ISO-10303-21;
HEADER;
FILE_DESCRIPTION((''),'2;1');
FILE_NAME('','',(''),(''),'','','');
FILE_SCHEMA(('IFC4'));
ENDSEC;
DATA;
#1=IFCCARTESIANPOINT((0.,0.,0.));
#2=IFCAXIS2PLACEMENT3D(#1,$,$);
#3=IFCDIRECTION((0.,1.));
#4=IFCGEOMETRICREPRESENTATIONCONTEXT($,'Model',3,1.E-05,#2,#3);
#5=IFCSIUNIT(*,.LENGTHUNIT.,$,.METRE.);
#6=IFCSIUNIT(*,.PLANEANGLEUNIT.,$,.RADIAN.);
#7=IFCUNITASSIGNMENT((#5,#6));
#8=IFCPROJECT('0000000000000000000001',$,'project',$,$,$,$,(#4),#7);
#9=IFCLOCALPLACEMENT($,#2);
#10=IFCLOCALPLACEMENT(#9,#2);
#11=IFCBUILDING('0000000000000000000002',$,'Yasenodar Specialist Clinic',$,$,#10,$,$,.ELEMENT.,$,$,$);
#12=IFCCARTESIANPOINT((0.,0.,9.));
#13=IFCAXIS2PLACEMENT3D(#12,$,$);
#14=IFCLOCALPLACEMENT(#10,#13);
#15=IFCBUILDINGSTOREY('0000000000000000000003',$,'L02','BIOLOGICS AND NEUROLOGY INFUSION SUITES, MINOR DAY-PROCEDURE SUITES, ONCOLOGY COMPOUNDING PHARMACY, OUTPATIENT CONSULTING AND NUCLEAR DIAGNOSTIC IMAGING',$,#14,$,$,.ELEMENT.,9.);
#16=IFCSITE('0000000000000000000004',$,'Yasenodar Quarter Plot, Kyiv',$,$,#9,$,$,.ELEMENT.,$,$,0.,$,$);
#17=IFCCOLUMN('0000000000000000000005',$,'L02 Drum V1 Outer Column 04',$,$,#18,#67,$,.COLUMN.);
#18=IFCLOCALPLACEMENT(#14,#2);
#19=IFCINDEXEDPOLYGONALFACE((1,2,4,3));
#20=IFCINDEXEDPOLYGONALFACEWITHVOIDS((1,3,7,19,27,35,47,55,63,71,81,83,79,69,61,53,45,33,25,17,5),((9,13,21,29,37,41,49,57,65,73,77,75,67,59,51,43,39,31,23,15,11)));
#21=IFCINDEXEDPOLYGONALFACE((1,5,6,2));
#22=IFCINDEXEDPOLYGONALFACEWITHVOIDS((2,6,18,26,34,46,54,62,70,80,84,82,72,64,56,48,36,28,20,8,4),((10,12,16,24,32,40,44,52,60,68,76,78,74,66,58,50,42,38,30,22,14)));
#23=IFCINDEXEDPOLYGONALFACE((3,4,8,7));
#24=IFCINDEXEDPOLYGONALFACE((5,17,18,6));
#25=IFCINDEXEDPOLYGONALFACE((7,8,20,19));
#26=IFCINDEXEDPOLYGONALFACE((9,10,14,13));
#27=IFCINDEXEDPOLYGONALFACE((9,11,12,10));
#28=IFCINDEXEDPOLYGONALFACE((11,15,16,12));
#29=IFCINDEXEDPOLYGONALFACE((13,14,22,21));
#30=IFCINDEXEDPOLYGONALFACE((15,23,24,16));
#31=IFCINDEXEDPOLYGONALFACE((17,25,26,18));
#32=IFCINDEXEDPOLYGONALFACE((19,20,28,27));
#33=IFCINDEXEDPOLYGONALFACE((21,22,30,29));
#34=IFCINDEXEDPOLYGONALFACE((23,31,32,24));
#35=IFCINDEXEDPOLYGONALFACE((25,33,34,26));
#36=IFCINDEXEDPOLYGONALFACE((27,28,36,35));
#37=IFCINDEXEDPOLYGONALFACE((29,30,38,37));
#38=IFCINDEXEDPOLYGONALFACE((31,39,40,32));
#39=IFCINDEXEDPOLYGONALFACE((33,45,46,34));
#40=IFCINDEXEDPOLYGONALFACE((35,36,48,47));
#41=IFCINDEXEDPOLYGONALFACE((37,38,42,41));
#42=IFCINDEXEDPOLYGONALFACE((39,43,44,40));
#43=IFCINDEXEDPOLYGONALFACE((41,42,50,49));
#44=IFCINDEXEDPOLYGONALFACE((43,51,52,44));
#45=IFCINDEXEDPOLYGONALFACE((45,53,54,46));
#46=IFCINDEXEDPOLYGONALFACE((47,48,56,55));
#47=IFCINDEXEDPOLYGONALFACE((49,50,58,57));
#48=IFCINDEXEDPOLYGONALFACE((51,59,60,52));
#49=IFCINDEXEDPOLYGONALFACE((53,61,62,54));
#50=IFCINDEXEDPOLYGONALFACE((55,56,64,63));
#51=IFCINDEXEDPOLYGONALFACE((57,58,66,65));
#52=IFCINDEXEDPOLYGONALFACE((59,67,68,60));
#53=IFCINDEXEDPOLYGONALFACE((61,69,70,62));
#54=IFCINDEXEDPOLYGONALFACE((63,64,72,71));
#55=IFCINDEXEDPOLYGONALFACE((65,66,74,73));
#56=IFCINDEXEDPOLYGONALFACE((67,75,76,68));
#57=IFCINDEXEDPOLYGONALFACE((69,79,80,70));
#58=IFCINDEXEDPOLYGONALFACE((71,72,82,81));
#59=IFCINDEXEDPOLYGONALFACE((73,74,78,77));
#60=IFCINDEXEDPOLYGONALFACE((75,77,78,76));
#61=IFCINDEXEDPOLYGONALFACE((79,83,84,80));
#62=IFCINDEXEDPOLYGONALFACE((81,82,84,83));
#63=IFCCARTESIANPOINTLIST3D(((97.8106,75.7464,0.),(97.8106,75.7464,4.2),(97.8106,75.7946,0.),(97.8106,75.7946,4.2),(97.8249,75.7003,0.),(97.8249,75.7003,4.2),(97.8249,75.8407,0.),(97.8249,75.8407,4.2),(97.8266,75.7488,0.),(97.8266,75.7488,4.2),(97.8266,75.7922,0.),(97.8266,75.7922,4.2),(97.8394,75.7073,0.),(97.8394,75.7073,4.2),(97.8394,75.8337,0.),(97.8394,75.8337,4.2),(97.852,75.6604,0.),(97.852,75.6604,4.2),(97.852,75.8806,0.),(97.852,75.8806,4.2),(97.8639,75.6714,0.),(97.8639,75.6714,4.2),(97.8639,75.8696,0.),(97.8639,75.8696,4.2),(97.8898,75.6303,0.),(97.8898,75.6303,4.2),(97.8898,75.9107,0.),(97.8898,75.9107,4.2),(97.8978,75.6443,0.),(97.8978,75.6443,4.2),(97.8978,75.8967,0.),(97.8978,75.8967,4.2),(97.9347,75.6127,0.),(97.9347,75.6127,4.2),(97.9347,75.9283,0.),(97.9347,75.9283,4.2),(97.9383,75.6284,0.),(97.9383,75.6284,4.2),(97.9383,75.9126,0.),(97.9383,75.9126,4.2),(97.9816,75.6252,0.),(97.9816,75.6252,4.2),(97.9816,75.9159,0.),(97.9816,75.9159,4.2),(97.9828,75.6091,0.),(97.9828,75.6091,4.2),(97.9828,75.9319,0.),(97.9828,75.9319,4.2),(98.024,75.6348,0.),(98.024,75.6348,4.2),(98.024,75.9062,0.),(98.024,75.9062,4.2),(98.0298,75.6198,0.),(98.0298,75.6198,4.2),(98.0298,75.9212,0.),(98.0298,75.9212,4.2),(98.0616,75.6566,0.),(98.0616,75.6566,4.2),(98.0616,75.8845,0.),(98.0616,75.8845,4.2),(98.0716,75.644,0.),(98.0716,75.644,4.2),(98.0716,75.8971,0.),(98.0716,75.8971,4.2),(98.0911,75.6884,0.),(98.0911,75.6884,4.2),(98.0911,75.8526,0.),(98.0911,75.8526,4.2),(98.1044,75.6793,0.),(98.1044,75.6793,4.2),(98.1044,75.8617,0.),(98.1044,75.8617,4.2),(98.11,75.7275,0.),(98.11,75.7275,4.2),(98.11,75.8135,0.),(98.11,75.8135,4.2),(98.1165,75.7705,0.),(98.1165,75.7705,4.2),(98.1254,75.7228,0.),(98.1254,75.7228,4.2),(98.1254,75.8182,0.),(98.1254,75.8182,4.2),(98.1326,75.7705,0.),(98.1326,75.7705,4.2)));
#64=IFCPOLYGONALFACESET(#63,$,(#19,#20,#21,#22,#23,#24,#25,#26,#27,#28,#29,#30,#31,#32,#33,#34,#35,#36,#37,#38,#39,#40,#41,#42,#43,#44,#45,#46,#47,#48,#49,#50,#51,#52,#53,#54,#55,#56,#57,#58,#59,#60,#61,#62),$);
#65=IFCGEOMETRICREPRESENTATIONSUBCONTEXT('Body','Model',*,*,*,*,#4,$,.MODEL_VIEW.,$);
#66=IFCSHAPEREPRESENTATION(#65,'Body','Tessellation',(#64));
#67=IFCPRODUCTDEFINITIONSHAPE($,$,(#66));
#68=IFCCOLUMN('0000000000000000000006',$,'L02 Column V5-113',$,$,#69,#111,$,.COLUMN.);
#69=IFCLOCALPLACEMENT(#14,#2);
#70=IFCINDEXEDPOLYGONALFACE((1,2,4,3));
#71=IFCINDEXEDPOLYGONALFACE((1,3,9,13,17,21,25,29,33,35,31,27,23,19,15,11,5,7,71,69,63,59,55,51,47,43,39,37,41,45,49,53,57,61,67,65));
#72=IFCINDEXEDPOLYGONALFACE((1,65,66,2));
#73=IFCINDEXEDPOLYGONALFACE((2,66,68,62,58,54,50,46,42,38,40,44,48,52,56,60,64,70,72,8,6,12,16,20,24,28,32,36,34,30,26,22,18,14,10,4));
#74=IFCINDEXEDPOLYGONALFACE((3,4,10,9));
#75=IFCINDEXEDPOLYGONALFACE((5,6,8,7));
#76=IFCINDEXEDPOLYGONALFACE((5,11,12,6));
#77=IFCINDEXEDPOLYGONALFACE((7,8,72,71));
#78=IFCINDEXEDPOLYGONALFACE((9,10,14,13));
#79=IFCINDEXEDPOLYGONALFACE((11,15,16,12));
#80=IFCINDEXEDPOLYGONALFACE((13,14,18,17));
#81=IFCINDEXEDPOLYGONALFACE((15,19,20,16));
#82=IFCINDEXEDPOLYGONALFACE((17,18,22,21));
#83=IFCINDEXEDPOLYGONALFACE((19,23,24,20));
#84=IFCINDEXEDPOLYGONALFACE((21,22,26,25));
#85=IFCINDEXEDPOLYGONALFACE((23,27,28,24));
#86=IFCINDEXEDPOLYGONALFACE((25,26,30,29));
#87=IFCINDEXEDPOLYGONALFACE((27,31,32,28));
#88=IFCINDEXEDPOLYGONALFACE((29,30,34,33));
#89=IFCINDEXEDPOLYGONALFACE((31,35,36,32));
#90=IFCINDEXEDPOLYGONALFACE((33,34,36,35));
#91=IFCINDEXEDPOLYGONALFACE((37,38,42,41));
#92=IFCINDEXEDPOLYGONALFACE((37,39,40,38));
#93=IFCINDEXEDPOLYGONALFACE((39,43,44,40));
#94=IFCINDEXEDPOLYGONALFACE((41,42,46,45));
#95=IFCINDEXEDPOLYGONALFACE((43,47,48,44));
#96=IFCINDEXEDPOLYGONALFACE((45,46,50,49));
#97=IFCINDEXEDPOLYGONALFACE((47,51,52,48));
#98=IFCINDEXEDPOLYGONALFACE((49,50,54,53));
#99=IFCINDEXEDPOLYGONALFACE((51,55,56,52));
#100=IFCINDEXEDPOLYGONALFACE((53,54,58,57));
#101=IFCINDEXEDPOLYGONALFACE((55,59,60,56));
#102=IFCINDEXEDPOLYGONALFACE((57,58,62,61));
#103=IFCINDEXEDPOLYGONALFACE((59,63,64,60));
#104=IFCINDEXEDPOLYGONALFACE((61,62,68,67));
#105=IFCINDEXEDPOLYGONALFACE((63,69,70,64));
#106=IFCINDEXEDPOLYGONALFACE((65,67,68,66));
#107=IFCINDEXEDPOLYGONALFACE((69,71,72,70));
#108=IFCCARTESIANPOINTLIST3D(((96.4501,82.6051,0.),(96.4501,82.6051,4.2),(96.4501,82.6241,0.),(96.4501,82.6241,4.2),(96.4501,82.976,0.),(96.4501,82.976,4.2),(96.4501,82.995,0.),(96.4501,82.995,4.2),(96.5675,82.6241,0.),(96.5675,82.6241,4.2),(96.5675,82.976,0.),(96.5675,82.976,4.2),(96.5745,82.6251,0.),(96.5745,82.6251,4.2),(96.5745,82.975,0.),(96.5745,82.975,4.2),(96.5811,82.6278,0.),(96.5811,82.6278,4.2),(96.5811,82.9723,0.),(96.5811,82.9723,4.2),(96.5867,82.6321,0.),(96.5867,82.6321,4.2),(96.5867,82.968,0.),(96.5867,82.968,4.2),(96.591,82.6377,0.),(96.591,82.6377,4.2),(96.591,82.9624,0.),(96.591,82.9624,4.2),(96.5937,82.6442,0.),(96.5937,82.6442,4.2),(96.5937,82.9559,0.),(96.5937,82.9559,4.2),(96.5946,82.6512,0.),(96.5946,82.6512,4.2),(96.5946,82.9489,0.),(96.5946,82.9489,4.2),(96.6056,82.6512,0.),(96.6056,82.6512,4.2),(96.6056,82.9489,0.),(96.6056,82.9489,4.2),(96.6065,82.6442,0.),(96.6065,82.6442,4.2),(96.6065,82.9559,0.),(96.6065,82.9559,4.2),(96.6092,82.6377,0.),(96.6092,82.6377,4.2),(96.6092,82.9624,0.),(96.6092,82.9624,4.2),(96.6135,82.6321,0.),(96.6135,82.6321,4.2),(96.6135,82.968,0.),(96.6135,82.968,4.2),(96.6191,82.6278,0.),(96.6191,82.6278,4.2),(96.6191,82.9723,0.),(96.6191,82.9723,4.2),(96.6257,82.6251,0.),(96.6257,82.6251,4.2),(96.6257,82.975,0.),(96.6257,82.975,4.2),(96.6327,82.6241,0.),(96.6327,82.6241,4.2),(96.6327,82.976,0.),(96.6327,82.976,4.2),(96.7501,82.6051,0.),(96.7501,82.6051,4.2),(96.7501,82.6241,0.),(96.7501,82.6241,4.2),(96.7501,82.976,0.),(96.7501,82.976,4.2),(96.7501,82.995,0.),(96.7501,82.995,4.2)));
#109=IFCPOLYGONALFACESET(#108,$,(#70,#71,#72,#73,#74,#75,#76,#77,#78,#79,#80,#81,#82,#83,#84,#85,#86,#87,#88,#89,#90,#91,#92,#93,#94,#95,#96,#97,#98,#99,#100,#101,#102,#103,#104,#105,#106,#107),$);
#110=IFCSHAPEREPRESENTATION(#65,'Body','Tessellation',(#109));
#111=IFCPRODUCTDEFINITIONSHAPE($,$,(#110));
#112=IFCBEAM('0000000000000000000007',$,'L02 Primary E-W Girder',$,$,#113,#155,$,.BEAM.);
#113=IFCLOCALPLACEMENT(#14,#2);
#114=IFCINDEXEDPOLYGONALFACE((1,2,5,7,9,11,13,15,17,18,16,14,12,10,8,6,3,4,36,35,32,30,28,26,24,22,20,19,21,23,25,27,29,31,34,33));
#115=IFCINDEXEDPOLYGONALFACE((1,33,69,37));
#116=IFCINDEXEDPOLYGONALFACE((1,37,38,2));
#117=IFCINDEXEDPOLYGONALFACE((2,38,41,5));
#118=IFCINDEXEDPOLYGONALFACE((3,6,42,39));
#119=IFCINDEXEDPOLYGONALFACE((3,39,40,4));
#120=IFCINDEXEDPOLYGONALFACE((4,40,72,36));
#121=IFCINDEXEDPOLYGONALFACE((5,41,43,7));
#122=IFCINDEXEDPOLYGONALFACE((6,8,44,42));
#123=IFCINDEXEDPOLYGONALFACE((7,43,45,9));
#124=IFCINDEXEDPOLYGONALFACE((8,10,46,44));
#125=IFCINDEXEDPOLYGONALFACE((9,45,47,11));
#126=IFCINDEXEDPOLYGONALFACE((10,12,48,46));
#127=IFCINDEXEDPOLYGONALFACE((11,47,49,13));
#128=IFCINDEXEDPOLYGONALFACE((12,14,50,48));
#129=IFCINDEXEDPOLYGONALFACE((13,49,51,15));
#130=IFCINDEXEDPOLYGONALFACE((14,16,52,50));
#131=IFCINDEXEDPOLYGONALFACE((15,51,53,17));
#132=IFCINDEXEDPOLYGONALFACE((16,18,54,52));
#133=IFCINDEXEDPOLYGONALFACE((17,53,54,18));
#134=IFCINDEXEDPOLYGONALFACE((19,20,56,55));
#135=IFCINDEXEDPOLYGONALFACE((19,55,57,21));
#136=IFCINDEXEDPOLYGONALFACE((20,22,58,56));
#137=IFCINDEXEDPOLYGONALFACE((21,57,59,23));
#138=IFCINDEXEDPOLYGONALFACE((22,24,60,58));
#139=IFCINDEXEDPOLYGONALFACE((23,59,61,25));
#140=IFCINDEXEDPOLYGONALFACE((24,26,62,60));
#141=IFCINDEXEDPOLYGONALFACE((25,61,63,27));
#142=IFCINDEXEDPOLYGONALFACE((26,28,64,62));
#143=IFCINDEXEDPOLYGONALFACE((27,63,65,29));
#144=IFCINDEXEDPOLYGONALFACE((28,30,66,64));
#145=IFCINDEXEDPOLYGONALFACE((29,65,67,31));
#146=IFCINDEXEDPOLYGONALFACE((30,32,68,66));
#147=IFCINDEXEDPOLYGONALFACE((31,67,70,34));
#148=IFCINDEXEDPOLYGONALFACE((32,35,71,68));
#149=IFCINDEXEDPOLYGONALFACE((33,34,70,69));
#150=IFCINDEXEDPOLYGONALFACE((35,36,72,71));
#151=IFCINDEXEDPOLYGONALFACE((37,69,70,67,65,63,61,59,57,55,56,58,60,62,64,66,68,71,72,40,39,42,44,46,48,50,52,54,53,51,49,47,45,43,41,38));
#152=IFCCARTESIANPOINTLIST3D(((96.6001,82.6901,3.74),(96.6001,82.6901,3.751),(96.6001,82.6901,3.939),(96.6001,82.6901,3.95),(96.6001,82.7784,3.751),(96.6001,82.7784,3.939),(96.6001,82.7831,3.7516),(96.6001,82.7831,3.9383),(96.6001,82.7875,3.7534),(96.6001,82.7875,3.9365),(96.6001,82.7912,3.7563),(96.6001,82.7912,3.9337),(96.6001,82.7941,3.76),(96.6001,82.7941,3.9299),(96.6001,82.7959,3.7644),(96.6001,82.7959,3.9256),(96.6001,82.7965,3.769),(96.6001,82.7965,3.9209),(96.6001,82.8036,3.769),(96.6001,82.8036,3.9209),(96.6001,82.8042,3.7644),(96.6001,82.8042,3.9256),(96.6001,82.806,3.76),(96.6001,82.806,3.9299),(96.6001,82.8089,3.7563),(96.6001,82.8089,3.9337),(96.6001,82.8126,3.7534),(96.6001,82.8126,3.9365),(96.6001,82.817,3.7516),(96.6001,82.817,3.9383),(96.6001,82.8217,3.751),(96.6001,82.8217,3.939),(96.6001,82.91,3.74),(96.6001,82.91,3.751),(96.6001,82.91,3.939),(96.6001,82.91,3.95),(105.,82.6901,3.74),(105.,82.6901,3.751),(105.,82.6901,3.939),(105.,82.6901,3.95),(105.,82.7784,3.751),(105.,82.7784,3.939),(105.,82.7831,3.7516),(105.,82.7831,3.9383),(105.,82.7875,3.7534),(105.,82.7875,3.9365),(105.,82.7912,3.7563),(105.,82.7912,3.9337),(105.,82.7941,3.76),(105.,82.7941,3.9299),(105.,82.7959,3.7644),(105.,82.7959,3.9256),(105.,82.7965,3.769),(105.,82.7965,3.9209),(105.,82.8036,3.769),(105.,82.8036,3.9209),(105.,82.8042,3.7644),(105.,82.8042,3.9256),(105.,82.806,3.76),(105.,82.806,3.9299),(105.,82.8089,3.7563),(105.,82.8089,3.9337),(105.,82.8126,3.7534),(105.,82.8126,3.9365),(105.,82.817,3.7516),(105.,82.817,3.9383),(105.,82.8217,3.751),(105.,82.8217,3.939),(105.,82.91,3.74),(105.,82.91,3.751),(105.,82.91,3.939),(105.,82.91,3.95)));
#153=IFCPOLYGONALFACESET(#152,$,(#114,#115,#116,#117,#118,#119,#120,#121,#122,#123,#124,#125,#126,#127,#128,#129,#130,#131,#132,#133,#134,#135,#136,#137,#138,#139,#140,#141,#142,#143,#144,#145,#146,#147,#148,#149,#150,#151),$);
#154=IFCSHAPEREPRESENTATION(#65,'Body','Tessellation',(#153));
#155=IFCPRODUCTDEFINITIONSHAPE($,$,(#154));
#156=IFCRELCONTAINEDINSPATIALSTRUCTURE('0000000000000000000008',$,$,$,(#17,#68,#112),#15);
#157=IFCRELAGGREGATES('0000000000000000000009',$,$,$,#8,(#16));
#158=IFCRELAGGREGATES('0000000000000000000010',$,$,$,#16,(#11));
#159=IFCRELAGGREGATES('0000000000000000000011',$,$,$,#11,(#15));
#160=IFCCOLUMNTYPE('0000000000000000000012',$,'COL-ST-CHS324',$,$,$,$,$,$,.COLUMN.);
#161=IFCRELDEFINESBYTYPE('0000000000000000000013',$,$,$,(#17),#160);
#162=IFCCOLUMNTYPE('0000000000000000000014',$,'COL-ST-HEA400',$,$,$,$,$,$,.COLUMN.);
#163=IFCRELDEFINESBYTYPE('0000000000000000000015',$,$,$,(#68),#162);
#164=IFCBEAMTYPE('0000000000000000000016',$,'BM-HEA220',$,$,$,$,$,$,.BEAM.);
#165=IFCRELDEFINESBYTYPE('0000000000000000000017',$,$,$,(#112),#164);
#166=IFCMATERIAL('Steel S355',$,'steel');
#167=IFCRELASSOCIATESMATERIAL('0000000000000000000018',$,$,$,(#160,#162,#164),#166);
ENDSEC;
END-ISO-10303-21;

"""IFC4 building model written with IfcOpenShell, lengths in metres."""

from ifc_helpers import new_model, si_unit, direction, frame, origin, origin_2d, place, context, subcontext, project, spatial, hollow_circle, i_section, extrude, material, material_profile, profile_set, type_object, element, save


model = new_model("IFC4")

# Units and contexts
model_context = context("Model", 3, precision=1e-05, world=origin(), true_north=direction((0.0, 1.0)))
body_context = subcontext(model_context, "Body", "Model", "MODEL_VIEW")
ifc_project = project(units=[si_unit("LENGTHUNIT", "METRE"), si_unit("PLANEANGLEUNIT", "RADIAN")], contexts=[model_context])

# Site, building, storey
site_placement = place(None, origin())
site = spatial("IfcSite", under=ifc_project, at=site_placement, Name="Yasenodar Quarter Plot, Kyiv", CompositionType="ELEMENT", RefElevation=0.0)
building_placement = place(site_placement, origin())
building = spatial("IfcBuilding", under=site, at=building_placement, Name="Yasenodar Specialist Clinic", CompositionType="ELEMENT")
storey_placement = place(building_placement, frame((0.0, 0.0, 9.0)))
storey = spatial("IfcBuildingStorey", under=building, at=storey_placement, Name="L02", Description="BIOLOGICS AND NEUROLOGY INFUSION SUITES, MINOR DAY-PROCEDURE SUITES, ONCOLOGY COMPOUNDING PHARMACY, OUTPATIENT CONSULTING AND NUCLEAR DIAGNOSTIC IMAGING", CompositionType="ELEMENT", Elevation=9.0)

# Columns
ifc_material_1 = material(Name="Steel S355", Category="steel")
ifc_material_profile_1 = material_profile(ifc_material_1, hollow_circle(Radius=0.1619, WallThickness=0.0161, at=origin_2d()), Name="CHS 323.9x16")
ifc_profile_set_1 = profile_set([ifc_material_profile_1], Name="Steel S355")
column_type_1 = type_object("IfcColumnType", Name="COL-ST-CHS324", PredefinedType="COLUMN", material=ifc_profile_set_1)
column_1_placement = place(storey_placement, frame((97.9707, 75.7705, 0.0), z_axis=(0.0, 0.0, 1.0), x_axis=(1.0, 0.0, 0.0)))
element("IfcColumn", 1, at=column_1_placement, inside=storey, type_object=column_type_1, Name="L02 Drum V1 Outer Column 04", PredefinedType="COLUMN", context=body_context, shape_type="SweptSolid", body=[
    extrude(hollow_circle(Radius=0.1619, WallThickness=0.0161, at=origin_2d()), origin(), (0.0, 0.0, 1.0), 4.2),
])
ifc_material_profile_2 = material_profile(ifc_material_1, i_section(OverallWidth=0.3, OverallDepth=0.3899, WebThickness=0.011, FlangeThickness=0.019, FilletRadius=0.0271, at=origin_2d()), Name="HEA 400")
ifc_profile_set_2 = profile_set([ifc_material_profile_2], Name="Steel S355")
column_type_2 = type_object("IfcColumnType", Name="COL-ST-HEA400", PredefinedType="COLUMN", material=ifc_profile_set_2)
column_2_placement = place(storey_placement, frame((96.6001, 82.8, 0.0), z_axis=(0.0, 0.0, 1.0), x_axis=(1.0, 0.0, 0.0)))
element("IfcColumn", 2, at=column_2_placement, inside=storey, type_object=column_type_2, Name="L02 Column V5-113", PredefinedType="COLUMN", context=body_context, shape_type="SweptSolid", body=[
    extrude(i_section(OverallWidth=0.3, OverallDepth=0.3899, WebThickness=0.011, FlangeThickness=0.019, FilletRadius=0.0271, at=origin_2d()), origin(), (0.0, 0.0, 1.0), 4.2),
])

# Beam
ifc_material_profile_3 = material_profile(ifc_material_1, i_section(OverallWidth=0.22, OverallDepth=0.21, WebThickness=0.0071, FlangeThickness=0.011, FilletRadius=0.0181, at=origin_2d()), Name="HEA 220")
ifc_profile_set_3 = profile_set([ifc_material_profile_3], Name="Steel S355")
beam_type_1 = type_object("IfcBeamType", Name="BM-HEA220", PredefinedType="BEAM", material=ifc_profile_set_3)
beam_1_placement = place(storey_placement, frame((96.6001, 82.8, 3.845), z_axis=(1.0, 0.0, 0.0), x_axis=(0.0, 1.0, 0.0)))
element("IfcBeam", 3, at=beam_1_placement, inside=storey, type_object=beam_type_1, Name="L02 Primary E-W Girder", PredefinedType="BEAM", context=body_context, shape_type="SweptSolid", body=[
    extrude(i_section(OverallWidth=0.22, OverallDepth=0.21, WebThickness=0.0071, FlangeThickness=0.011, FilletRadius=0.0181, at=origin_2d()), origin(), (0.0, 0.0, 1.0), 8.3999),
])

save(model, "model.ifc")
